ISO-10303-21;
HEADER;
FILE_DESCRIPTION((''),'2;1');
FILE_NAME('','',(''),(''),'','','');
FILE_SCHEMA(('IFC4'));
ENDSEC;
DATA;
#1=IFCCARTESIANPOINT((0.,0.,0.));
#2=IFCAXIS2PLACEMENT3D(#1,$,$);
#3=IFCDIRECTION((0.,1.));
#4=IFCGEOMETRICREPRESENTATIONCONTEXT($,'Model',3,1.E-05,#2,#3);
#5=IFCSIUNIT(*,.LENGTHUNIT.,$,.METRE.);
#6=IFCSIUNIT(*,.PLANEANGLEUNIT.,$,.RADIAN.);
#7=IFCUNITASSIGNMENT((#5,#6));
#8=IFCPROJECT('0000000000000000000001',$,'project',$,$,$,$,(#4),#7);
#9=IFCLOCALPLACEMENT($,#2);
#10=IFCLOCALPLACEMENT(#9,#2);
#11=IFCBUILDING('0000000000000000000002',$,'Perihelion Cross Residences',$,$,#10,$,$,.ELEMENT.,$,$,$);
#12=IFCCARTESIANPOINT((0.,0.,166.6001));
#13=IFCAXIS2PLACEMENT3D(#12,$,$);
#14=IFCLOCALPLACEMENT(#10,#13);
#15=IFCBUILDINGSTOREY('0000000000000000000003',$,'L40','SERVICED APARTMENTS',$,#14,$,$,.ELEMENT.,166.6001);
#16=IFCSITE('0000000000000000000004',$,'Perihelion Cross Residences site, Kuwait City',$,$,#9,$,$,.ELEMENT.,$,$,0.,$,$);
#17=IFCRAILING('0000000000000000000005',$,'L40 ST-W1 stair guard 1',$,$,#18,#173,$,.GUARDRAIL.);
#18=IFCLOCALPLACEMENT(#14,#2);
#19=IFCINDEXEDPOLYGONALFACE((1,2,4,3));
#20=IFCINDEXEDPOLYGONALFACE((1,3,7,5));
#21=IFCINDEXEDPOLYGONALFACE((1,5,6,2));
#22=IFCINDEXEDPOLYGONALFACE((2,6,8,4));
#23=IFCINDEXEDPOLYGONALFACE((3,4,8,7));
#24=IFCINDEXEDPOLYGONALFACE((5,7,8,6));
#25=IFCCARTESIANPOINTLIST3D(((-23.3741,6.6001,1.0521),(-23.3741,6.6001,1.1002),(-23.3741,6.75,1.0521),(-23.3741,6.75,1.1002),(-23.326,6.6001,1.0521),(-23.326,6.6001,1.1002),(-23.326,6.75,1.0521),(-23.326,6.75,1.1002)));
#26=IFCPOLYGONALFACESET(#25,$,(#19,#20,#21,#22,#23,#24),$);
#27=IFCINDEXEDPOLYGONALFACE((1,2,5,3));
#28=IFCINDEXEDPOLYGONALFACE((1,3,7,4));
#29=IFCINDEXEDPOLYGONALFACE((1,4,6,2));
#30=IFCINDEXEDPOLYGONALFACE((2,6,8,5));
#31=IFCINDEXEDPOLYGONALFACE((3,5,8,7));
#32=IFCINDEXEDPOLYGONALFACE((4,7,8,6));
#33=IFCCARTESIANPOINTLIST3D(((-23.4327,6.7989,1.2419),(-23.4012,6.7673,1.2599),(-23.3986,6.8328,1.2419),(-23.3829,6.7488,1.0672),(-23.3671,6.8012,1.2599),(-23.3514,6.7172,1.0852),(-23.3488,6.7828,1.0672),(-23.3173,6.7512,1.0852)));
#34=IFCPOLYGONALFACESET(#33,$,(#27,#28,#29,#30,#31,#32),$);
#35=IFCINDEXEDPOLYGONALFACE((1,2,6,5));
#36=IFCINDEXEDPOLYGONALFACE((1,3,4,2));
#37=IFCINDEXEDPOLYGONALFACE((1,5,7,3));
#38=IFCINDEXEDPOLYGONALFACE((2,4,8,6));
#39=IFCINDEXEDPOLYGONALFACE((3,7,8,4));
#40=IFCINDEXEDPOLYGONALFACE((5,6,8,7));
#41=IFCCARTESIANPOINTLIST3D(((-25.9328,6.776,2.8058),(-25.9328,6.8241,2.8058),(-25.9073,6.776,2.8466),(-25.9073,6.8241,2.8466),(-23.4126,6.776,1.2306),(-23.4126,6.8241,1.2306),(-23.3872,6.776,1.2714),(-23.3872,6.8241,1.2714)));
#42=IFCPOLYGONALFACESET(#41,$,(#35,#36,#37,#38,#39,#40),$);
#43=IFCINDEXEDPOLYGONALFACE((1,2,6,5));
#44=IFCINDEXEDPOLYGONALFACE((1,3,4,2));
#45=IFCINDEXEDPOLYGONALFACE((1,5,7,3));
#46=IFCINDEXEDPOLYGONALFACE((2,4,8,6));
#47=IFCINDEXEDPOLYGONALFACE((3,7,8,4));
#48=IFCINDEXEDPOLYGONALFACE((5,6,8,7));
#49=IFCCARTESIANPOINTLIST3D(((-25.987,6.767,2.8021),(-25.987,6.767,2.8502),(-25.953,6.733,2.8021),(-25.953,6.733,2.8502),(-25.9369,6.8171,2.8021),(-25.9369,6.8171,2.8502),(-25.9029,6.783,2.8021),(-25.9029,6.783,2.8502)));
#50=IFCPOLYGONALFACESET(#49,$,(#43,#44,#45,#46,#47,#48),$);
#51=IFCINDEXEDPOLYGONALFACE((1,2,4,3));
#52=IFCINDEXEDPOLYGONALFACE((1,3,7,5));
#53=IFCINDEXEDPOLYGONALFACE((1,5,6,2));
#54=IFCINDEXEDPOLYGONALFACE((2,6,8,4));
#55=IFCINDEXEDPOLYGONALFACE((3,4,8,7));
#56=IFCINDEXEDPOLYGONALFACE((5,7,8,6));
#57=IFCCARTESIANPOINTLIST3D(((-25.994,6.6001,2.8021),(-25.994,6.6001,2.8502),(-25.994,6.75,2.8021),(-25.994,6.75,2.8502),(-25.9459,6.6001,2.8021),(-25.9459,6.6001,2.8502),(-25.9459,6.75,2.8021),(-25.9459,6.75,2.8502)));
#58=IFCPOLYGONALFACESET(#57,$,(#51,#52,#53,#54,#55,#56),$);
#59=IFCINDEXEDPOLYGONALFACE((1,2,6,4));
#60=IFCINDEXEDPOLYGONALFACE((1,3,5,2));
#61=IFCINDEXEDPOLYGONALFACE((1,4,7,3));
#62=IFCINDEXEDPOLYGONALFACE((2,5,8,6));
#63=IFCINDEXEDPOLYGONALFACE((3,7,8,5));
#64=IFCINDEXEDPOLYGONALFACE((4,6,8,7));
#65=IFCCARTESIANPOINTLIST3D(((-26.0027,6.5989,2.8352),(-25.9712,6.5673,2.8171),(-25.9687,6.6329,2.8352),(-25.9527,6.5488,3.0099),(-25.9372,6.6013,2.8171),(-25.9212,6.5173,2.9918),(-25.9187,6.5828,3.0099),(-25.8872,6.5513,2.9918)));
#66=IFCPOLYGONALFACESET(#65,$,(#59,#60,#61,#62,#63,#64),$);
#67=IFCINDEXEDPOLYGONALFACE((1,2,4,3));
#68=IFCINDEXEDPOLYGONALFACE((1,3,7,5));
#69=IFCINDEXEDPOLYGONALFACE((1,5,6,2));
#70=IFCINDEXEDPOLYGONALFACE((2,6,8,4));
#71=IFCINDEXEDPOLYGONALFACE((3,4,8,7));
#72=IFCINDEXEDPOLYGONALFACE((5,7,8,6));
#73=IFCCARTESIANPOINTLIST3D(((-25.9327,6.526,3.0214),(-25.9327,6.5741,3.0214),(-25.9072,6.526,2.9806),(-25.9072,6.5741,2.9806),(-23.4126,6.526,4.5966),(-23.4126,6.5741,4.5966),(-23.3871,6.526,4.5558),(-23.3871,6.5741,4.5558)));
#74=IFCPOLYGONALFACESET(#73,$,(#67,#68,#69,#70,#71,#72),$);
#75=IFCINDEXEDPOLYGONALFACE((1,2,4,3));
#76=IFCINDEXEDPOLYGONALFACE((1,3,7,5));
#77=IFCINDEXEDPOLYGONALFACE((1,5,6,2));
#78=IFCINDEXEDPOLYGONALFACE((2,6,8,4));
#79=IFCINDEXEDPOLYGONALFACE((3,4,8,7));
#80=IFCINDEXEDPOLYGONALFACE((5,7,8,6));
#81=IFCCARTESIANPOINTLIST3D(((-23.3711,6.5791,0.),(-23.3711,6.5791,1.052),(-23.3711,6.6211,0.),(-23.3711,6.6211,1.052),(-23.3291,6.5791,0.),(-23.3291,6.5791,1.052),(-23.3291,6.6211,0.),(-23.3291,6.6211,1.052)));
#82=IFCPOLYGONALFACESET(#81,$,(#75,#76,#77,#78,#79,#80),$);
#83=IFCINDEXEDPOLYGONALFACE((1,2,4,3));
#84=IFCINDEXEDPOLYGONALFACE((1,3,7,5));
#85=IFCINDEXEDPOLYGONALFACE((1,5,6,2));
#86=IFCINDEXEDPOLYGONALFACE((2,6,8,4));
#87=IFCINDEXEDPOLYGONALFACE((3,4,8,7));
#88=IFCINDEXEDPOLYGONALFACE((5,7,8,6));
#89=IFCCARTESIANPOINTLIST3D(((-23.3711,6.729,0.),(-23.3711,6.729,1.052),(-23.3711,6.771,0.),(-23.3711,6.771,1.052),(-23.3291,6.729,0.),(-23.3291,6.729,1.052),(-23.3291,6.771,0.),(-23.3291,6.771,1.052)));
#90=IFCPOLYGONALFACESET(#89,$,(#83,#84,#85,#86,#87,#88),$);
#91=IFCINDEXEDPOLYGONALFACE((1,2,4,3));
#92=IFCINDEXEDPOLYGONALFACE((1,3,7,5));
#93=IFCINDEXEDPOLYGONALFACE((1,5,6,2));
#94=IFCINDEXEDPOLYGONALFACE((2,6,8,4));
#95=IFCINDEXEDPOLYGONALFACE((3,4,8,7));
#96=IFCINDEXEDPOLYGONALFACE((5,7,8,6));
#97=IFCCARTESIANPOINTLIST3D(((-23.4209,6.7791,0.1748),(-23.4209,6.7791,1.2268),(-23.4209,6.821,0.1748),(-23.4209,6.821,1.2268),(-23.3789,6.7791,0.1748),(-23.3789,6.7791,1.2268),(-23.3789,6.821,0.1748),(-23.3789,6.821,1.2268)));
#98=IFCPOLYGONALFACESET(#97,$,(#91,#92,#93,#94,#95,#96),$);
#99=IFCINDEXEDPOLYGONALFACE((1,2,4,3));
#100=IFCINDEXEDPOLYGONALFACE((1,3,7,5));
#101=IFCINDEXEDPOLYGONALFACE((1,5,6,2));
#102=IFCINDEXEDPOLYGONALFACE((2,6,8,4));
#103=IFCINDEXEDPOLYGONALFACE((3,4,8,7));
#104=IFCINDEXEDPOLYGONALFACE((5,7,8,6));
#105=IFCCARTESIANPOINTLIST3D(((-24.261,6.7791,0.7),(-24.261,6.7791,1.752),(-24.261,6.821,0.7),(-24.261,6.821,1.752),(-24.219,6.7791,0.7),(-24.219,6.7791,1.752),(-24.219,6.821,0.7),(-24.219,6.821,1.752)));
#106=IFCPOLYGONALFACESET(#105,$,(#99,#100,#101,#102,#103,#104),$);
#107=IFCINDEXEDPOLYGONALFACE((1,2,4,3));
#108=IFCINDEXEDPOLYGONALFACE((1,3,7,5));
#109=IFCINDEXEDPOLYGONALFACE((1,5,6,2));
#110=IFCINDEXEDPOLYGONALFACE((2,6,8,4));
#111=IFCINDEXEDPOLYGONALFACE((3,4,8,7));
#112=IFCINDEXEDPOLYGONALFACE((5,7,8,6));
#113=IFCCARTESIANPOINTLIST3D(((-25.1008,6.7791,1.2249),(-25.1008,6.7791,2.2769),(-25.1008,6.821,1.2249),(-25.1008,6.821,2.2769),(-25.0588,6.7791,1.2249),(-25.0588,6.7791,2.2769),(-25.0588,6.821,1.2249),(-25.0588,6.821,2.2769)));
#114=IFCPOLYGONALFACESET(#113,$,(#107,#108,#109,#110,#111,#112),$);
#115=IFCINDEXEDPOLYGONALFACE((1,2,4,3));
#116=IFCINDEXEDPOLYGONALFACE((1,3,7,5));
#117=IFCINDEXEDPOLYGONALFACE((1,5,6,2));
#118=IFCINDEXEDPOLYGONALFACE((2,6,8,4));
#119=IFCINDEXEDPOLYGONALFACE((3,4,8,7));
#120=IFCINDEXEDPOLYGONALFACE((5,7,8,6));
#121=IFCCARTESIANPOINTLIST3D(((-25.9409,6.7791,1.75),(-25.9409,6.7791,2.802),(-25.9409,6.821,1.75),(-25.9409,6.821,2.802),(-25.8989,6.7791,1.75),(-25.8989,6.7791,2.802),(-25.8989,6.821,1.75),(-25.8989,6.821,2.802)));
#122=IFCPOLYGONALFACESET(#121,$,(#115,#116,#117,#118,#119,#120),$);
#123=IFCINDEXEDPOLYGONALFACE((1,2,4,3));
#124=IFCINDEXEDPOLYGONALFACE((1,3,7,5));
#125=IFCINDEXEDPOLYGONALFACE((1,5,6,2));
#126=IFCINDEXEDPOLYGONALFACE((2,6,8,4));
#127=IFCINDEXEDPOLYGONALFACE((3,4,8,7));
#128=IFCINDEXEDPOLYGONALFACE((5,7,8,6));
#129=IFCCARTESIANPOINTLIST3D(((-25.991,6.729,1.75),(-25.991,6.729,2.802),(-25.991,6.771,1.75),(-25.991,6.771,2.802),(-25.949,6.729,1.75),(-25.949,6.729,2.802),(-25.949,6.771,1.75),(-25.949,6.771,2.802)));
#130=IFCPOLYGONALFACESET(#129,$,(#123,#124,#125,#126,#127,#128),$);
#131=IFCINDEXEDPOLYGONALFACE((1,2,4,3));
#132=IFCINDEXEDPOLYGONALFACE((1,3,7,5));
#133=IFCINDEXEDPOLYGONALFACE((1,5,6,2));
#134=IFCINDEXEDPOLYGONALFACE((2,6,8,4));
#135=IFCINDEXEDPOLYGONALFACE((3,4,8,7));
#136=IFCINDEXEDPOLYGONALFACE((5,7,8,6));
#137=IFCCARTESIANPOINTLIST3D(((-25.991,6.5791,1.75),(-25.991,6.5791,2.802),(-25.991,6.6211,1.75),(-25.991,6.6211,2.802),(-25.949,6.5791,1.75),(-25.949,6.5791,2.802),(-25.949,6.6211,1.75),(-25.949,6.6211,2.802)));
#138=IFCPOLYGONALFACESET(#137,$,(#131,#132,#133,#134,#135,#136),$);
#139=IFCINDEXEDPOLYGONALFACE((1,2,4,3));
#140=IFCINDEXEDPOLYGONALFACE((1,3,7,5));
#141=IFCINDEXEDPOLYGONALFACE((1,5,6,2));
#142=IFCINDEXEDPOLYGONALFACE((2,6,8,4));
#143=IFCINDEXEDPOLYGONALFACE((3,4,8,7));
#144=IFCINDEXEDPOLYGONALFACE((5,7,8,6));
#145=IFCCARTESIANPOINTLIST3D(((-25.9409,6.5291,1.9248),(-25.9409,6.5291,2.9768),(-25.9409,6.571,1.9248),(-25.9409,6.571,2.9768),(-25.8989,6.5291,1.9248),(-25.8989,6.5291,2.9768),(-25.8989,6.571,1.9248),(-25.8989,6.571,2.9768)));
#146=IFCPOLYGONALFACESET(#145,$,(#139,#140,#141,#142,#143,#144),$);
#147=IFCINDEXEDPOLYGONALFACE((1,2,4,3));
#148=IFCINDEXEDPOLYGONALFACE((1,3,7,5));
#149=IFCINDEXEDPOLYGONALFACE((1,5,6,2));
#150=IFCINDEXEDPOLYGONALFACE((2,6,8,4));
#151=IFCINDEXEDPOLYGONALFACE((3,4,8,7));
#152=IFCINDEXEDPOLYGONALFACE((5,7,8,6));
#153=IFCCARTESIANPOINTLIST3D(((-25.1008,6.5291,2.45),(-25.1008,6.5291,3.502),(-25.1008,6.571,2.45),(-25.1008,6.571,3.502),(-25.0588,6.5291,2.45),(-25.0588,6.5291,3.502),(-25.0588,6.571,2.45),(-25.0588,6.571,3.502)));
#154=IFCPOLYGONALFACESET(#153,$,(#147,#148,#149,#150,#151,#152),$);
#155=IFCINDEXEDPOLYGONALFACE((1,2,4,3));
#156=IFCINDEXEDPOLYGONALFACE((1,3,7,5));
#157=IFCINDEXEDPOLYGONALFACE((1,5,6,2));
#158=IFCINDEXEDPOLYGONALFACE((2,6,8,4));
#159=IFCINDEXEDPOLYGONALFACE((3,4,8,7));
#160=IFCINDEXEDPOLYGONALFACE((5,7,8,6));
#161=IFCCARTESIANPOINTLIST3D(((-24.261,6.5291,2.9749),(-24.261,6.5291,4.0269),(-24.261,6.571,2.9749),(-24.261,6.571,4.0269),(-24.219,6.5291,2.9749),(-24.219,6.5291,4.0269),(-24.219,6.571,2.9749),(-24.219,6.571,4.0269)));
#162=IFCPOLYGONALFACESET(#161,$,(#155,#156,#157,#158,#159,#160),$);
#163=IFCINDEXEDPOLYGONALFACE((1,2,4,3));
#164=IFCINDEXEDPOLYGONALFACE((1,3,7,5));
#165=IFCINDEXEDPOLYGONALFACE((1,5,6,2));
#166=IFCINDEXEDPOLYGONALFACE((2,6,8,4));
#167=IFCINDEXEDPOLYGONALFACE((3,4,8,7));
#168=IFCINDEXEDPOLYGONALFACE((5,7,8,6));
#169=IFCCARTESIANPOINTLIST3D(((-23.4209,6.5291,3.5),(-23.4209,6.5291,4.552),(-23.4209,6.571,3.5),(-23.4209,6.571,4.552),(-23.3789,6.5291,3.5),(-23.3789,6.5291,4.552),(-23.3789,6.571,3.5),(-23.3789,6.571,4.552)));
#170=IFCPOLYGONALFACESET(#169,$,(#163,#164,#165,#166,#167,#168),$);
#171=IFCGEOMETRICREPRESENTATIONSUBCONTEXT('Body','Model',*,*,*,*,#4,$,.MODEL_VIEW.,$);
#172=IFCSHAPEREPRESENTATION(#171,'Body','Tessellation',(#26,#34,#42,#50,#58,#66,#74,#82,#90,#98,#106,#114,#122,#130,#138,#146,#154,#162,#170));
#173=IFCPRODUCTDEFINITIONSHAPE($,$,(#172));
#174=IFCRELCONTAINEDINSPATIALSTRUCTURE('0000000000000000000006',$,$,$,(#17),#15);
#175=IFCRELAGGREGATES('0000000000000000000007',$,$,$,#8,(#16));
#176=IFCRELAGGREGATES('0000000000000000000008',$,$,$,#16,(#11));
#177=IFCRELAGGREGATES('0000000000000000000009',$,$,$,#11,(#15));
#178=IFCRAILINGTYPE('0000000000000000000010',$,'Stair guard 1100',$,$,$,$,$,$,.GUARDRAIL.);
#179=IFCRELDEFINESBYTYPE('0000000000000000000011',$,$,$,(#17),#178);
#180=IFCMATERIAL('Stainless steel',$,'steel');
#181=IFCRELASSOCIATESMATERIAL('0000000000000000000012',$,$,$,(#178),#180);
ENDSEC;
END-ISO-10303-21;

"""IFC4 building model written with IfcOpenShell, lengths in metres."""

from ifc_helpers import new_model, si_unit, direction, frame, origin, origin_2d, place, context, subcontext, project, spatial, rectangle, extrude, material, type_object, element, save


model = new_model("IFC4")

# Units and contexts
model_context = context("Model", 3, precision=1e-05, world=origin(), true_north=direction((0.0, 1.0)))
body_context = subcontext(model_context, "Body", "Model", "MODEL_VIEW")
ifc_project = project(units=[si_unit("LENGTHUNIT", "METRE"), si_unit("PLANEANGLEUNIT", "RADIAN")], contexts=[model_context])

# Site, building, storey
site_placement = place(None, origin())
site = spatial("IfcSite", under=ifc_project, at=site_placement, Name="Perihelion Cross Residences site, Kuwait City", CompositionType="ELEMENT", RefElevation=0.0)
building_placement = place(site_placement, origin())
building = spatial("IfcBuilding", under=site, at=building_placement, Name="Perihelion Cross Residences", CompositionType="ELEMENT")
storey_placement = place(building_placement, frame((0.0, 0.0, 166.6001)))
storey = spatial("IfcBuildingStorey", under=building, at=storey_placement, Name="L40", Description="SERVICED APARTMENTS", CompositionType="ELEMENT", Elevation=166.6001)

# Railing
ifc_material_1 = material(Name="Stainless steel", Category="steel")
railing_type_1 = type_object("IfcRailingType", Name="Stair guard 1100", PredefinedType="GUARDRAIL", material=ifc_material_1)
railing_1_placement = place(storey_placement, frame((-23.3501, 6.6001, 0.0)))
element("IfcRailing", 1, at=railing_1_placement, inside=storey, type_object=railing_type_1, Name="L40 ST-W1 stair guard 1", PredefinedType="GUARDRAIL", context=body_context, shape_type="SweptSolid", body=[
    extrude(rectangle(XDim=0.0481, YDim=0.0481, at=origin_2d()), frame((0.0, 0.0, 1.0762), z_axis=(0.0, 1.0, 0.0), x_axis=(-1.0, 0.0, 0.0)), (0.0, 0.0, 1.0), 0.1499),
    extrude(rectangle(XDim=0.0481, YDim=0.0481, at=origin_2d()), frame((0.0, 0.1499, 1.0762), z_axis=(-0.264179, 0.265474, 0.927218), x_axis=(-0.708834, -0.705376, 0.0)), (0.0, 0.0, 1.0), 0.1885),
    extrude(rectangle(XDim=0.0481, YDim=0.0481, at=origin_2d()), frame((-0.0498, 0.2, 1.251), z_axis=(-0.847971, 0.0, 0.530043), x_axis=(0.0, -1.0, 0.0)), (0.0, 0.0, 1.0), 2.9719),
    extrude(rectangle(XDim=0.0481, YDim=0.0481, at=origin_2d()), frame((-2.5698, 0.2, 2.8262), z_axis=(-0.707107, -0.707107, 0.0), x_axis=(0.707107, -0.707107, 0.0)), (0.0, 0.0, 1.0), 0.0708),
    extrude(rectangle(XDim=0.0481, YDim=0.0481, at=origin_2d()), frame((-2.6199, 0.1499, 2.8262), z_axis=(0.0, -1.0, 0.0), x_axis=(1.0, 0.0, 0.0)), (0.0, 0.0, 1.0), 0.1499),
    extrude(rectangle(XDim=0.0481, YDim=0.0481, at=origin_2d()), frame((-2.6199, 0.0, 2.8262), z_axis=(0.265383, -0.265383, 0.9269), x_axis=(0.707107, 0.707107, 0.0)), (0.0, 0.0, 1.0), 0.1885),
    extrude(rectangle(XDim=0.0481, YDim=0.0481, at=origin_2d()), frame((-2.5698, -0.05, 3.001), z_axis=(0.847971, 0.0, 0.530043), x_axis=(0.0, 1.0, 0.0)), (0.0, 0.0, 1.0), 2.9719),
    extrude(rectangle(XDim=0.042, YDim=0.042, at=origin_2d()), origin(), (0.0, 0.0, 1.0), 1.052),
    extrude(rectangle(XDim=0.042, YDim=0.042, at=origin_2d()), frame((0.0, 0.1499, 0.0)), (0.0, 0.0, 1.0), 1.052),
    extrude(rectangle(XDim=0.042, YDim=0.042, at=origin_2d()), frame((-0.0498, 0.2, 0.1748)), (0.0, 0.0, 1.0), 1.052),
    extrude(rectangle(XDim=0.042, YDim=0.042, at=origin_2d()), frame((-0.8899, 0.2, 0.7)), (0.0, 0.0, 1.0), 1.052),
    extrude(rectangle(XDim=0.042, YDim=0.042, at=origin_2d()), frame((-1.7297, 0.2, 1.2249)), (0.0, 0.0, 1.0), 1.052),
    extrude(rectangle(XDim=0.042, YDim=0.042, at=origin_2d()), frame((-2.5698, 0.2, 1.75)), (0.0, 0.0, 1.0), 1.052),
    extrude(rectangle(XDim=0.042, YDim=0.042, at=origin_2d()), frame((-2.6199, 0.1499, 1.75)), (0.0, 0.0, 1.0), 1.052),
    extrude(rectangle(XDim=0.042, YDim=0.042, at=origin_2d()), frame((-2.6199, 0.0, 1.75)), (0.0, 0.0, 1.0), 1.052),
    extrude(rectangle(XDim=0.042, YDim=0.042, at=origin_2d()), frame((-2.5698, -0.05, 1.9248)), (0.0, 0.0, 1.0), 1.052),
    extrude(rectangle(XDim=0.042, YDim=0.042, at=origin_2d()), frame((-1.7297, -0.05, 2.45)), (0.0, 0.0, 1.0), 1.052),
    extrude(rectangle(XDim=0.042, YDim=0.042, at=origin_2d()), frame((-0.8899, -0.05, 2.9749)), (0.0, 0.0, 1.0), 1.052),
    extrude(rectangle(XDim=0.042, YDim=0.042, at=origin_2d()), frame((-0.0498, -0.05, 3.5)), (0.0, 0.0, 1.0), 1.052),
])

save(model, "model.ifc")
